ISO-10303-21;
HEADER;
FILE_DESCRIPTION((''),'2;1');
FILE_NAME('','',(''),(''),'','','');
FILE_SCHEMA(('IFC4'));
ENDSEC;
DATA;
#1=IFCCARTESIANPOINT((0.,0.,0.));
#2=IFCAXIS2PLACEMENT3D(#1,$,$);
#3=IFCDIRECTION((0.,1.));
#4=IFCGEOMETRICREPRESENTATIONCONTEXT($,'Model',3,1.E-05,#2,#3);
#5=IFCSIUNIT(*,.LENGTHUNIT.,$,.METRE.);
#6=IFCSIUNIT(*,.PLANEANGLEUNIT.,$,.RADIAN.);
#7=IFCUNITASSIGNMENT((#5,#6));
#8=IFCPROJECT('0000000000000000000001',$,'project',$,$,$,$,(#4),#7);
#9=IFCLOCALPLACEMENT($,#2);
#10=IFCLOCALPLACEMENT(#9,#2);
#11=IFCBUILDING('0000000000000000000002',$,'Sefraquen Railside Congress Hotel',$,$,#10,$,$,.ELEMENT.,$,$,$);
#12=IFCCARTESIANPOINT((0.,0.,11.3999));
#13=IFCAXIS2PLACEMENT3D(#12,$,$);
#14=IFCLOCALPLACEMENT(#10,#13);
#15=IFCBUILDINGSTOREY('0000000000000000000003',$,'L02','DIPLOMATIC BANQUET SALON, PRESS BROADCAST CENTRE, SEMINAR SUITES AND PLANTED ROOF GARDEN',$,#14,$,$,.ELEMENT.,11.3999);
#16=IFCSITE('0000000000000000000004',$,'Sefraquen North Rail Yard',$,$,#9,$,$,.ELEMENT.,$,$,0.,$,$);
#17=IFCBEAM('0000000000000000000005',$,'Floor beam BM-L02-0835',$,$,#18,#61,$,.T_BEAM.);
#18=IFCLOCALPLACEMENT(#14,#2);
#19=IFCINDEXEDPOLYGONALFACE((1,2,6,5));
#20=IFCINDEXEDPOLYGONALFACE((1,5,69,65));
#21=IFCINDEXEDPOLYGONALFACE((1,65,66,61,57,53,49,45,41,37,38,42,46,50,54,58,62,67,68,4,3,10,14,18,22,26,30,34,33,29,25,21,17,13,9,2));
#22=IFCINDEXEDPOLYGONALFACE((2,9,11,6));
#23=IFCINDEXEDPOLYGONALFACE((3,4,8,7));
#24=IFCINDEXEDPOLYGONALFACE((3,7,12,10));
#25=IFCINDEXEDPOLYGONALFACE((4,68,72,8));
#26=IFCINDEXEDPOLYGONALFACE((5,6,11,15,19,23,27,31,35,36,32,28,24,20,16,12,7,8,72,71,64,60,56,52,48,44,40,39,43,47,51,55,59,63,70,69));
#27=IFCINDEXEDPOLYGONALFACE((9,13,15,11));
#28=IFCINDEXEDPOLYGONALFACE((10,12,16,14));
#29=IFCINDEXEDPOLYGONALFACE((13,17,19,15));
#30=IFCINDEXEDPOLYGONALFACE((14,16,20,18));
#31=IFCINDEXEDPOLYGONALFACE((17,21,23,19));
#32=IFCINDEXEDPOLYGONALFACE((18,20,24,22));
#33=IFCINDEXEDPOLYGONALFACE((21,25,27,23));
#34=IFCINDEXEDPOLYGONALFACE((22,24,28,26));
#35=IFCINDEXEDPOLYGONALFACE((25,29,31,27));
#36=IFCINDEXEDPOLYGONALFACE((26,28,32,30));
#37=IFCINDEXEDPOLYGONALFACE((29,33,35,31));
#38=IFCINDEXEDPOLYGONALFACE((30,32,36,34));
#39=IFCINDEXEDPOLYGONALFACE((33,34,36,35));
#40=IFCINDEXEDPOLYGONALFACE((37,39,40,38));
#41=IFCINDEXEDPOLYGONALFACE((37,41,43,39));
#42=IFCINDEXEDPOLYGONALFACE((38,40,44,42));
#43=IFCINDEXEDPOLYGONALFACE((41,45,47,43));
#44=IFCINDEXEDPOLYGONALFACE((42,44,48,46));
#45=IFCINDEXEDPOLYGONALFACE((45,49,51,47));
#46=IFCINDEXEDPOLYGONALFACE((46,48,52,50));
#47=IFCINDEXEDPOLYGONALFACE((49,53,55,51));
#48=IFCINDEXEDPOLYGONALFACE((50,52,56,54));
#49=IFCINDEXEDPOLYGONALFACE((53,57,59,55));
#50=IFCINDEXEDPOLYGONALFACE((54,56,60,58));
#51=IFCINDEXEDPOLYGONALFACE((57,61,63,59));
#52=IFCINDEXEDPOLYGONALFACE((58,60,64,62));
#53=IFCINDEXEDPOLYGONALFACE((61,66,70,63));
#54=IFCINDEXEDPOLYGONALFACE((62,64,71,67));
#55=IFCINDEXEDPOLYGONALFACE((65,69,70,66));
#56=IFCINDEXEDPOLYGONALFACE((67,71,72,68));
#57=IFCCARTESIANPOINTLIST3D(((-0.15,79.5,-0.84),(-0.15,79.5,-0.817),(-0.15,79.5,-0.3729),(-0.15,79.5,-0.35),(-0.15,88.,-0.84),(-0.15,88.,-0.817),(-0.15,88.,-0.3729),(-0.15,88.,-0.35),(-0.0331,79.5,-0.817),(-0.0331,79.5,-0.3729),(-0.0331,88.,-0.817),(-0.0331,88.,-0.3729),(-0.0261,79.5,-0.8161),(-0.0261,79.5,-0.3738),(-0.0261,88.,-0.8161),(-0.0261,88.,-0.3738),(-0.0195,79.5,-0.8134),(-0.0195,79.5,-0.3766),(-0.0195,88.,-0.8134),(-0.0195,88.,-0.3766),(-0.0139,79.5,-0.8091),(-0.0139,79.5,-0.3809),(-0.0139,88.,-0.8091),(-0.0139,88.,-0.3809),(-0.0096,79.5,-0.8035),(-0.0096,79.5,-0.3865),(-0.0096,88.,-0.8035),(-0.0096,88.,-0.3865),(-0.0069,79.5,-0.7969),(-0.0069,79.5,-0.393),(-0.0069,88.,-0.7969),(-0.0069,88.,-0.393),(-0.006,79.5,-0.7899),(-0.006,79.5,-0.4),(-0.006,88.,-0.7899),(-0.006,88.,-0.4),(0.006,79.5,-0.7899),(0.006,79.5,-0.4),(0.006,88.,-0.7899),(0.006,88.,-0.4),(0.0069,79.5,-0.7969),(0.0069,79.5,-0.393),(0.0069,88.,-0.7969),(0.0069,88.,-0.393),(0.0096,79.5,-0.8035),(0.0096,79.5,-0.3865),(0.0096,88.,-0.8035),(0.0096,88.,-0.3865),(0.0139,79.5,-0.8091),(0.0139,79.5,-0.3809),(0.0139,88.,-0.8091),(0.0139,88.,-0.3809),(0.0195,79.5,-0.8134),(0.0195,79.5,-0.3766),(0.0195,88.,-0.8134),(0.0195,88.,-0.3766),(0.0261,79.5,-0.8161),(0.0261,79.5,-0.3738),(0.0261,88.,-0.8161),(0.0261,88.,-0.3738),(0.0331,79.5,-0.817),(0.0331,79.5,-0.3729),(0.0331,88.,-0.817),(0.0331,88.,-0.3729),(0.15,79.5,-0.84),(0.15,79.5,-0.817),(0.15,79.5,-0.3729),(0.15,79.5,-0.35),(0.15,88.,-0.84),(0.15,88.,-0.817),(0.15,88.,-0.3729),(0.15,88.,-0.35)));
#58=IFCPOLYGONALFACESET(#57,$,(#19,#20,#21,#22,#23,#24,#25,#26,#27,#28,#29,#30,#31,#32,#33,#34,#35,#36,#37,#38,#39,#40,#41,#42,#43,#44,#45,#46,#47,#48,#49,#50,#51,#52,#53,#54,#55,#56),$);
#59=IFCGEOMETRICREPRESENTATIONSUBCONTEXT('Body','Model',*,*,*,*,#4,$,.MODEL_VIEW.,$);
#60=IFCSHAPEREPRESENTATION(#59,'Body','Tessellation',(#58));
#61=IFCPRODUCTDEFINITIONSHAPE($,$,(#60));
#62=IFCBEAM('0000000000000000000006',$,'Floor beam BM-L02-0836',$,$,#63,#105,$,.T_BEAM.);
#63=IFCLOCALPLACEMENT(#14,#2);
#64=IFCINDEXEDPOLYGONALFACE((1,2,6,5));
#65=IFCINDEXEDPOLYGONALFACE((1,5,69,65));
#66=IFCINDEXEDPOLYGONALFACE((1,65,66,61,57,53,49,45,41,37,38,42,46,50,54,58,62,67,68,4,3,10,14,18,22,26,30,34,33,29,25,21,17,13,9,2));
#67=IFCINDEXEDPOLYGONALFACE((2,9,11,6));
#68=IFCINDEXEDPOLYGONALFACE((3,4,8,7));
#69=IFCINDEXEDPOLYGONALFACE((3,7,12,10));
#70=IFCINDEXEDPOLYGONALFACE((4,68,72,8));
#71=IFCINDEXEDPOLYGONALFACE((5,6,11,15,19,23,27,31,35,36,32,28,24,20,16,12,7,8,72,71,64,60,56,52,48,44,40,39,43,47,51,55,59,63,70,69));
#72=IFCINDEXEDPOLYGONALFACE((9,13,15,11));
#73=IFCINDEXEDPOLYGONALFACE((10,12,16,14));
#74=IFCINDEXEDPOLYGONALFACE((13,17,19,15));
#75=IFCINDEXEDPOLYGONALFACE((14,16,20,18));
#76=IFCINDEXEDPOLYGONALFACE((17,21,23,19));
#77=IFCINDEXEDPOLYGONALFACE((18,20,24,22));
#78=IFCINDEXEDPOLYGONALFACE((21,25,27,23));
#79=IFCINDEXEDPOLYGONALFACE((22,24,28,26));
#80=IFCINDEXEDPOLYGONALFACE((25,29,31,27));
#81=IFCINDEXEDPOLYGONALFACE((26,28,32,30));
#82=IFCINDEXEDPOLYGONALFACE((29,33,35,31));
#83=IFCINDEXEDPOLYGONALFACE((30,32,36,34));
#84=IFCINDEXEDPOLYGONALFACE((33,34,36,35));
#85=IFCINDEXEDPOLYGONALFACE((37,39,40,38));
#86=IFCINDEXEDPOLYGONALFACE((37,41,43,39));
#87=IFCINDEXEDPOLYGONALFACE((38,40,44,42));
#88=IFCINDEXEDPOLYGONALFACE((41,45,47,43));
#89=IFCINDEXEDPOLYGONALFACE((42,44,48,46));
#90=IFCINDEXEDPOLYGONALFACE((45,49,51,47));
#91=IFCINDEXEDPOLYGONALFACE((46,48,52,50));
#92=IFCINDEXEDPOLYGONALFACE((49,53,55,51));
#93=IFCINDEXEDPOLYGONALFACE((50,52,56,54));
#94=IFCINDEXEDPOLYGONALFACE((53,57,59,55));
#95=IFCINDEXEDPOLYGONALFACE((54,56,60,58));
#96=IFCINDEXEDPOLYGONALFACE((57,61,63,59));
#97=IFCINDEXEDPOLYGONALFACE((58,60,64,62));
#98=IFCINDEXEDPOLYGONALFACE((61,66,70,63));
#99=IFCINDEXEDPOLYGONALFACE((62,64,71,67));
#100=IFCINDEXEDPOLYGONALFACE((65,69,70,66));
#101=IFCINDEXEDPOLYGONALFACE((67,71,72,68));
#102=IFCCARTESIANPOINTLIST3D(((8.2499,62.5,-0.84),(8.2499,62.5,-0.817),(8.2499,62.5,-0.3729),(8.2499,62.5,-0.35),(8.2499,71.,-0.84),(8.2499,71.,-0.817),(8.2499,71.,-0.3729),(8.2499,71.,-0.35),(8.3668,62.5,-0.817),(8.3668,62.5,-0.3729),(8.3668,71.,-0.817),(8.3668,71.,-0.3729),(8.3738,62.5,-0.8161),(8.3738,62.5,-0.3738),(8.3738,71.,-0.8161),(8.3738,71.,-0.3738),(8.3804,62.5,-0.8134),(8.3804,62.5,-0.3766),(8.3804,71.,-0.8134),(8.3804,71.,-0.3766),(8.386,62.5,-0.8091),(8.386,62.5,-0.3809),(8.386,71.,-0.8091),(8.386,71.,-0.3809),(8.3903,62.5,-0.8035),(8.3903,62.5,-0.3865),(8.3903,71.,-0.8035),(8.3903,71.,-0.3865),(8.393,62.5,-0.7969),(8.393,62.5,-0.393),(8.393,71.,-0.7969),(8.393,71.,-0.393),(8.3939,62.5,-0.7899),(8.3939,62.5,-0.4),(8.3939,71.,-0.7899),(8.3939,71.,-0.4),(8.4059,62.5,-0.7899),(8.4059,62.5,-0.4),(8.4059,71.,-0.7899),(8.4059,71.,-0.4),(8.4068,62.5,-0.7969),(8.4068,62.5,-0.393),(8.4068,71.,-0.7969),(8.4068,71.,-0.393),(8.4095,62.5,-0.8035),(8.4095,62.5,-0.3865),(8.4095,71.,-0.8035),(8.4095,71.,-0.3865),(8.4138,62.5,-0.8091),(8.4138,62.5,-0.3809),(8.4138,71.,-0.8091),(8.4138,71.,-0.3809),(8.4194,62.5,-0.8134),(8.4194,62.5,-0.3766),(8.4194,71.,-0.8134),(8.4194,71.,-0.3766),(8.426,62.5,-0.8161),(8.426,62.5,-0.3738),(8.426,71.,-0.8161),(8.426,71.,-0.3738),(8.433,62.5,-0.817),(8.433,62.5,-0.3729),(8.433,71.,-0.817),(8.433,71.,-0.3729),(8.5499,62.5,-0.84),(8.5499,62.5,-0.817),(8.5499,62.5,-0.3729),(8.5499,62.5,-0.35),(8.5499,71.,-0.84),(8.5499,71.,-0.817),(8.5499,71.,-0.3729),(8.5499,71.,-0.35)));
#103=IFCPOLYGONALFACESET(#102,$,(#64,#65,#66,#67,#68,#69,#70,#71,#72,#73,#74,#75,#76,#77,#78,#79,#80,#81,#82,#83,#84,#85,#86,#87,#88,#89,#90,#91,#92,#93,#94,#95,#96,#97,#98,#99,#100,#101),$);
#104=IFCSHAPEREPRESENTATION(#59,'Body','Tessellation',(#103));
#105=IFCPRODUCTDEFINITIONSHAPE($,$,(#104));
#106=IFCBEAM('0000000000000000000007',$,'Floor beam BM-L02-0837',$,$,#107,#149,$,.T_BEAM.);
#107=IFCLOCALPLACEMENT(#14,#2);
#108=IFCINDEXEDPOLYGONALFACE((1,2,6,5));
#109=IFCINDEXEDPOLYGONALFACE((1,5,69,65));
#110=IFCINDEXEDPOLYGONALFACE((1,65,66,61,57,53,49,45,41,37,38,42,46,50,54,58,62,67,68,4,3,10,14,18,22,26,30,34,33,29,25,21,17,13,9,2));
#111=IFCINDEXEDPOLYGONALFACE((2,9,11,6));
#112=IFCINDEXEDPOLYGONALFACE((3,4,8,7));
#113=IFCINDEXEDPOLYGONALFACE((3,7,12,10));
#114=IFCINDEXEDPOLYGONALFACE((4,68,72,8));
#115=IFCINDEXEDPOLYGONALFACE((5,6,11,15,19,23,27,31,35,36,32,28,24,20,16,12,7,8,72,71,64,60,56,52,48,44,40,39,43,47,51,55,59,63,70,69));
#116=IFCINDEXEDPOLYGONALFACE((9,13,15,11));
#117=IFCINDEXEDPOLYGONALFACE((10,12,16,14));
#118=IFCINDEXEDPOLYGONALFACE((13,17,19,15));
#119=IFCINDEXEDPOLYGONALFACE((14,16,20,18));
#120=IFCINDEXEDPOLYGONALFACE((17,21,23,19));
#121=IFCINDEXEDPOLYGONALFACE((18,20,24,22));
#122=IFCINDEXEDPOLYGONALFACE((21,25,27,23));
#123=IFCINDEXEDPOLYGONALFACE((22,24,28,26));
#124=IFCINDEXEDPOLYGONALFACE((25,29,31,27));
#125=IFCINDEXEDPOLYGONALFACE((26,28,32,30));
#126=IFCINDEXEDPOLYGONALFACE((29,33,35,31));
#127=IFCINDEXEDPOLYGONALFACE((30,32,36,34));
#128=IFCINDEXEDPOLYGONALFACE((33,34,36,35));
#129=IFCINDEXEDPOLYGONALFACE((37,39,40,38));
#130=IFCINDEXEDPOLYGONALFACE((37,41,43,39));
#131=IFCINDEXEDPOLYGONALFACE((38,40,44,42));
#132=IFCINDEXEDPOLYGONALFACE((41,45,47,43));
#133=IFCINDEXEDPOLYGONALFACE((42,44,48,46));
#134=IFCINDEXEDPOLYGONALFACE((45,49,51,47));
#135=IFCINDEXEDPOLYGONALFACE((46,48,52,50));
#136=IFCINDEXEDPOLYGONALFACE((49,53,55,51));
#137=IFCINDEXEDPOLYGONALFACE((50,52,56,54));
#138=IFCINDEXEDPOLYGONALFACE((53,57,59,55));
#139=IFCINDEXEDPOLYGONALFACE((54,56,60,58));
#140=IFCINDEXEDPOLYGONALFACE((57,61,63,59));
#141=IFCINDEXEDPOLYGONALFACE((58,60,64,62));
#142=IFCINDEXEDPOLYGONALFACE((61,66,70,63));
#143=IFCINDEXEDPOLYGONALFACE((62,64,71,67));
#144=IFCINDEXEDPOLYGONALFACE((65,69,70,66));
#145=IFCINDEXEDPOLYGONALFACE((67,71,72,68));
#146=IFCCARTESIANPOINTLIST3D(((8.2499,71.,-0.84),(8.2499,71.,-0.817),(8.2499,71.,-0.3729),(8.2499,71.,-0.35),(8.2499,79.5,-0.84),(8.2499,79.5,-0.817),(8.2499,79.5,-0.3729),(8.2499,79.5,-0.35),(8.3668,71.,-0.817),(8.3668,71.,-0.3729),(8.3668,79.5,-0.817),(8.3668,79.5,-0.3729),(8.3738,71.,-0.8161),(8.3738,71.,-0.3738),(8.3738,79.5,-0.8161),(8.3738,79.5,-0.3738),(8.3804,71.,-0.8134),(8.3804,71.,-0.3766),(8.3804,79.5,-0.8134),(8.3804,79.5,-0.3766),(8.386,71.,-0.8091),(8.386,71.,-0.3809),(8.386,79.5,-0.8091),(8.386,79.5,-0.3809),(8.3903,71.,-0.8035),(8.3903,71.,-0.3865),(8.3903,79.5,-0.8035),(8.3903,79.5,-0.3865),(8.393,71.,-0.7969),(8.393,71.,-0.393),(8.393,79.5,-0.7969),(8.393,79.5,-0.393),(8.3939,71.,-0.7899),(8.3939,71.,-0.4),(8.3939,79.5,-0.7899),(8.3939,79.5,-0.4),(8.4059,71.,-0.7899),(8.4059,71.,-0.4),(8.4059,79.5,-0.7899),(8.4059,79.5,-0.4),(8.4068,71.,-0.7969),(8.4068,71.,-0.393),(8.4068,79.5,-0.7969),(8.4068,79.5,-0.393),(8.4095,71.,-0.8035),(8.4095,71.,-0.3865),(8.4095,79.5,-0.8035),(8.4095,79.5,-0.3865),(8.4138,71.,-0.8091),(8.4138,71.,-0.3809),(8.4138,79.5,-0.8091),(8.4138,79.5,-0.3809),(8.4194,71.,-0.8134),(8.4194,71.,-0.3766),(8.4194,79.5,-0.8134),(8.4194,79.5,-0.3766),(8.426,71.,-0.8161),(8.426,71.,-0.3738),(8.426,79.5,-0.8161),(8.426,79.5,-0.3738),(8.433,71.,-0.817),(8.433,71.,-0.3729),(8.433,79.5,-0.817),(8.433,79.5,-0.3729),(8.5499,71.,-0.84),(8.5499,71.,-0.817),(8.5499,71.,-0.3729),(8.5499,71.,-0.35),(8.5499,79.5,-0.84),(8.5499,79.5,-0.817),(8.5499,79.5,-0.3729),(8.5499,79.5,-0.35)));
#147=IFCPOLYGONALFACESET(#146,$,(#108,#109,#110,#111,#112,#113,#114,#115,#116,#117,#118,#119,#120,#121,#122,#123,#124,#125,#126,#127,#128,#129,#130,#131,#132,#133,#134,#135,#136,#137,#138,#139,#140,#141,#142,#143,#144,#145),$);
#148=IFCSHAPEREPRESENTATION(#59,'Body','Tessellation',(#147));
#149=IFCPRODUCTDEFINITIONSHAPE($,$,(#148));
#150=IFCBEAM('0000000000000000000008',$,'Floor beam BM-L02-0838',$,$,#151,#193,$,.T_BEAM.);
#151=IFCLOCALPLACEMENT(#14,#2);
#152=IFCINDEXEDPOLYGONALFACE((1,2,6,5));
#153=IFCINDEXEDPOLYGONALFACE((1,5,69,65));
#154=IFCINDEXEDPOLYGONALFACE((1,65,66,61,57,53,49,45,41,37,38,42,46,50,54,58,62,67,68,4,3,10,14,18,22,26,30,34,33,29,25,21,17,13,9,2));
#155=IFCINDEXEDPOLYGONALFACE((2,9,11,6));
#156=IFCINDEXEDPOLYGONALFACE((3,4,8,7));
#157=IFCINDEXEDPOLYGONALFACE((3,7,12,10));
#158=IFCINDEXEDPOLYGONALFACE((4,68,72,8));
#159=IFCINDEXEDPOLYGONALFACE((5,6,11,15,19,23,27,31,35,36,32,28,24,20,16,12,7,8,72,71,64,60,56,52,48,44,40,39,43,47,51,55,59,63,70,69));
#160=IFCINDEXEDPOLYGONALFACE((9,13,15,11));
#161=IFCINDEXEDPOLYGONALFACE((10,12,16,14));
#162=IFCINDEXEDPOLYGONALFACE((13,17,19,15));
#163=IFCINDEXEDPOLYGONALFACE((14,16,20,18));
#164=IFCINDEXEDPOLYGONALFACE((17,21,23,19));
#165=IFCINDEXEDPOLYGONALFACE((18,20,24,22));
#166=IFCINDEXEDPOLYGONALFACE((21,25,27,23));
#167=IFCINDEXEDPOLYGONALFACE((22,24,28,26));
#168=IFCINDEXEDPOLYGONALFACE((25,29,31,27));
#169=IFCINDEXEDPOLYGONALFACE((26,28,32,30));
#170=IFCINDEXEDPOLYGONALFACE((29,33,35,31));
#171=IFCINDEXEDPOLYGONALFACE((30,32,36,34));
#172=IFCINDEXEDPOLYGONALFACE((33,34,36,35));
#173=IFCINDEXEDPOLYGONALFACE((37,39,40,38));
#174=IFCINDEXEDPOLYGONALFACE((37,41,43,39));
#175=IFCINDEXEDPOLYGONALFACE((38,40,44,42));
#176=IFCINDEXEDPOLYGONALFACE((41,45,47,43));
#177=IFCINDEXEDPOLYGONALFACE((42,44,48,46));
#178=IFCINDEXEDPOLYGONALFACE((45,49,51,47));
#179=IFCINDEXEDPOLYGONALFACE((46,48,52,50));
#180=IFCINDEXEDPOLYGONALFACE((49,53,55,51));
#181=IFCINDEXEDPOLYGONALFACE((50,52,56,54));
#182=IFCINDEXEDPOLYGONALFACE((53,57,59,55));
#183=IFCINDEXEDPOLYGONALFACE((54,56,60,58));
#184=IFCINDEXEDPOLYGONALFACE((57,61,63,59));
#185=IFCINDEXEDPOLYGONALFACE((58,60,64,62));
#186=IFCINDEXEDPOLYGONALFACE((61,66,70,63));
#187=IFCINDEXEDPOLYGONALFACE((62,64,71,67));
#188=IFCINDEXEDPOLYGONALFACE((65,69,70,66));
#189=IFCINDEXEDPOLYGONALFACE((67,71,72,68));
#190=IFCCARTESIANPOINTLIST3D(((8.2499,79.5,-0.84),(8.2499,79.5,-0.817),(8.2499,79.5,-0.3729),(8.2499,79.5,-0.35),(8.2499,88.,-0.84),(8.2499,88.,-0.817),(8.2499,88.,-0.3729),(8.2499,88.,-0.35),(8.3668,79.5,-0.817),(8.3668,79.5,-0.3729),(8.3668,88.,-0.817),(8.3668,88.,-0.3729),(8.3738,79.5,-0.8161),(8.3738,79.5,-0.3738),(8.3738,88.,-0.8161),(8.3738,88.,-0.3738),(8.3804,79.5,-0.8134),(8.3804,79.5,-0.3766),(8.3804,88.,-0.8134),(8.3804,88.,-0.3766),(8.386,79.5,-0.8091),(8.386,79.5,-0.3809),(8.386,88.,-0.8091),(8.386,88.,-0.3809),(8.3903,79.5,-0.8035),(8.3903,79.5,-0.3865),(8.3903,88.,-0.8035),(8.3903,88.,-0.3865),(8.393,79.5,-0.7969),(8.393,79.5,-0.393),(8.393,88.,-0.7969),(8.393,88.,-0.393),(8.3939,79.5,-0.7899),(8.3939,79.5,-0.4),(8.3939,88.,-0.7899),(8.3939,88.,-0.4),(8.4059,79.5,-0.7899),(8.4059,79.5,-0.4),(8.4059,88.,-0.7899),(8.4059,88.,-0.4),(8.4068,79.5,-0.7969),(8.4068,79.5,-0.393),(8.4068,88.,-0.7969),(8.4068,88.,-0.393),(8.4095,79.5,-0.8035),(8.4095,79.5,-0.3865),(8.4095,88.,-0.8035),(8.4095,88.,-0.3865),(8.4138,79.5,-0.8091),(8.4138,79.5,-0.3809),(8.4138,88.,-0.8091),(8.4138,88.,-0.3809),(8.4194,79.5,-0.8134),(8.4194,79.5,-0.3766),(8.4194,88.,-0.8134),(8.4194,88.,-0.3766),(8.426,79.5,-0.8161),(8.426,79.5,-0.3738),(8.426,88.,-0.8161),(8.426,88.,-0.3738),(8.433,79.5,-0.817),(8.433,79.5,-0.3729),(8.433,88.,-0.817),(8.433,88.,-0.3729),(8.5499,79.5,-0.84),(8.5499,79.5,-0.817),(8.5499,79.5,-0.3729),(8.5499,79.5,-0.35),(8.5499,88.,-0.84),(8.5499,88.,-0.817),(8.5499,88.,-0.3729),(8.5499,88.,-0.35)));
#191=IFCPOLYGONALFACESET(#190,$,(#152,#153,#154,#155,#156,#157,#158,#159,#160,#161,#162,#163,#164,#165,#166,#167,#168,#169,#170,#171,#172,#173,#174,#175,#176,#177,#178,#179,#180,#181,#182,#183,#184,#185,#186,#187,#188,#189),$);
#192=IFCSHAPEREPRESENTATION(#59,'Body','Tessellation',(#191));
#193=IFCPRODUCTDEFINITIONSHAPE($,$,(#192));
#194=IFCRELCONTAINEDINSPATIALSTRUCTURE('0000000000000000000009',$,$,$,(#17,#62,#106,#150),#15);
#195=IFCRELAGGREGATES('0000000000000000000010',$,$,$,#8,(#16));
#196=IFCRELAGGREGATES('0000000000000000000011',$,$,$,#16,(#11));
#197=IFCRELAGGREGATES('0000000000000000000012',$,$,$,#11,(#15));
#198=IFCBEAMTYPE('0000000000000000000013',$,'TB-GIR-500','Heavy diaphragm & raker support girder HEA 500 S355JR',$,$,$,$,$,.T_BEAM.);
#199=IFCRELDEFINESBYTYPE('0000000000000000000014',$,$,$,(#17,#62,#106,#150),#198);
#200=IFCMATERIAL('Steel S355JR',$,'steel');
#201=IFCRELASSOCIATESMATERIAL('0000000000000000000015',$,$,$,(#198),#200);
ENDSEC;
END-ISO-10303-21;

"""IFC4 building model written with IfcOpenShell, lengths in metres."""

from ifc_helpers import new_model, si_unit, direction, frame, origin, origin_2d, place, context, subcontext, project, spatial, i_section, extrude, material, material_profile, profile_set, type_object, element, save


model = new_model("IFC4")

# Units and contexts
model_context = context("Model", 3, precision=1e-05, world=origin(), true_north=direction((0.0, 1.0)))
body_context = subcontext(model_context, "Body", "Model", "MODEL_VIEW")
ifc_project = project(units=[si_unit("LENGTHUNIT", "METRE"), si_unit("PLANEANGLEUNIT", "RADIAN")], contexts=[model_context])

# Site, building, storey
site_placement = place(None, origin())
site = spatial("IfcSite", under=ifc_project, at=site_placement, Name="Sefraquen North Rail Yard", CompositionType="ELEMENT", RefElevation=0.0)
building_placement = place(site_placement, origin())
building = spatial("IfcBuilding", under=site, at=building_placement, Name="Sefraquen Railside Congress Hotel", CompositionType="ELEMENT")
storey_placement = place(building_placement, frame((0.0, 0.0, 11.3999)))
storey = spatial("IfcBuildingStorey", under=building, at=storey_placement, Name="L02", Description="DIPLOMATIC BANQUET SALON, PRESS BROADCAST CENTRE, SEMINAR SUITES AND PLANTED ROOF GARDEN", CompositionType="ELEMENT", Elevation=11.3999)

# Shared definitions
ifc_material_1 = material(Name="Steel S355JR", Category="steel")

# Beams
ifc_material_profile_1 = material_profile(ifc_material_1, i_section(OverallWidth=0.3, OverallDepth=0.49, WebThickness=0.012, FlangeThickness=0.0229, FilletRadius=0.0271, at=origin_2d()), Name="HEA 500")
ifc_profile_set_1 = profile_set([ifc_material_profile_1], Name="Steel S355JR")
beam_type_1 = type_object("IfcBeamType", Name="TB-GIR-500", Description="Heavy diaphragm & raker support girder HEA 500 S355JR", PredefinedType="T_BEAM", material=ifc_profile_set_1)
for number, where, z_axis, x_axis, name in (
    (1, (0.0, 79.5, -0.595), (0.0, 1.0, 0.0), (-1.0, 0.0, 0.0), "Floor beam BM-L02-0835"),
    (2, (8.3999, 62.5, -0.595), (0.0, 1.0, 0.0), (-1.0, 0.0, 0.0), "Floor beam BM-L02-0836"),
    (3, (8.3999, 71.0, -0.595), (0.0, 1.0, 0.0), (-1.0, 0.0, 0.0), "Floor beam BM-L02-0837"),
    (4, (8.3999, 79.5, -0.595), (0.0, 1.0, 0.0), (-1.0, 0.0, 0.0), "Floor beam BM-L02-0838"),
):
    element("IfcBeam", number, at=place(storey_placement, frame(where, z_axis=z_axis, x_axis=x_axis)), inside=storey, type_object=beam_type_1, Name=name, PredefinedType="T_BEAM", context=body_context, shape_type="SweptSolid", body=[
        extrude(i_section(OverallWidth=0.3, OverallDepth=0.49, WebThickness=0.012, FlangeThickness=0.0229, FilletRadius=0.0271, at=origin_2d()), origin(), (0.0, 0.0, 1.0), 8.5),
    ])

save(model, "model.ifc")
